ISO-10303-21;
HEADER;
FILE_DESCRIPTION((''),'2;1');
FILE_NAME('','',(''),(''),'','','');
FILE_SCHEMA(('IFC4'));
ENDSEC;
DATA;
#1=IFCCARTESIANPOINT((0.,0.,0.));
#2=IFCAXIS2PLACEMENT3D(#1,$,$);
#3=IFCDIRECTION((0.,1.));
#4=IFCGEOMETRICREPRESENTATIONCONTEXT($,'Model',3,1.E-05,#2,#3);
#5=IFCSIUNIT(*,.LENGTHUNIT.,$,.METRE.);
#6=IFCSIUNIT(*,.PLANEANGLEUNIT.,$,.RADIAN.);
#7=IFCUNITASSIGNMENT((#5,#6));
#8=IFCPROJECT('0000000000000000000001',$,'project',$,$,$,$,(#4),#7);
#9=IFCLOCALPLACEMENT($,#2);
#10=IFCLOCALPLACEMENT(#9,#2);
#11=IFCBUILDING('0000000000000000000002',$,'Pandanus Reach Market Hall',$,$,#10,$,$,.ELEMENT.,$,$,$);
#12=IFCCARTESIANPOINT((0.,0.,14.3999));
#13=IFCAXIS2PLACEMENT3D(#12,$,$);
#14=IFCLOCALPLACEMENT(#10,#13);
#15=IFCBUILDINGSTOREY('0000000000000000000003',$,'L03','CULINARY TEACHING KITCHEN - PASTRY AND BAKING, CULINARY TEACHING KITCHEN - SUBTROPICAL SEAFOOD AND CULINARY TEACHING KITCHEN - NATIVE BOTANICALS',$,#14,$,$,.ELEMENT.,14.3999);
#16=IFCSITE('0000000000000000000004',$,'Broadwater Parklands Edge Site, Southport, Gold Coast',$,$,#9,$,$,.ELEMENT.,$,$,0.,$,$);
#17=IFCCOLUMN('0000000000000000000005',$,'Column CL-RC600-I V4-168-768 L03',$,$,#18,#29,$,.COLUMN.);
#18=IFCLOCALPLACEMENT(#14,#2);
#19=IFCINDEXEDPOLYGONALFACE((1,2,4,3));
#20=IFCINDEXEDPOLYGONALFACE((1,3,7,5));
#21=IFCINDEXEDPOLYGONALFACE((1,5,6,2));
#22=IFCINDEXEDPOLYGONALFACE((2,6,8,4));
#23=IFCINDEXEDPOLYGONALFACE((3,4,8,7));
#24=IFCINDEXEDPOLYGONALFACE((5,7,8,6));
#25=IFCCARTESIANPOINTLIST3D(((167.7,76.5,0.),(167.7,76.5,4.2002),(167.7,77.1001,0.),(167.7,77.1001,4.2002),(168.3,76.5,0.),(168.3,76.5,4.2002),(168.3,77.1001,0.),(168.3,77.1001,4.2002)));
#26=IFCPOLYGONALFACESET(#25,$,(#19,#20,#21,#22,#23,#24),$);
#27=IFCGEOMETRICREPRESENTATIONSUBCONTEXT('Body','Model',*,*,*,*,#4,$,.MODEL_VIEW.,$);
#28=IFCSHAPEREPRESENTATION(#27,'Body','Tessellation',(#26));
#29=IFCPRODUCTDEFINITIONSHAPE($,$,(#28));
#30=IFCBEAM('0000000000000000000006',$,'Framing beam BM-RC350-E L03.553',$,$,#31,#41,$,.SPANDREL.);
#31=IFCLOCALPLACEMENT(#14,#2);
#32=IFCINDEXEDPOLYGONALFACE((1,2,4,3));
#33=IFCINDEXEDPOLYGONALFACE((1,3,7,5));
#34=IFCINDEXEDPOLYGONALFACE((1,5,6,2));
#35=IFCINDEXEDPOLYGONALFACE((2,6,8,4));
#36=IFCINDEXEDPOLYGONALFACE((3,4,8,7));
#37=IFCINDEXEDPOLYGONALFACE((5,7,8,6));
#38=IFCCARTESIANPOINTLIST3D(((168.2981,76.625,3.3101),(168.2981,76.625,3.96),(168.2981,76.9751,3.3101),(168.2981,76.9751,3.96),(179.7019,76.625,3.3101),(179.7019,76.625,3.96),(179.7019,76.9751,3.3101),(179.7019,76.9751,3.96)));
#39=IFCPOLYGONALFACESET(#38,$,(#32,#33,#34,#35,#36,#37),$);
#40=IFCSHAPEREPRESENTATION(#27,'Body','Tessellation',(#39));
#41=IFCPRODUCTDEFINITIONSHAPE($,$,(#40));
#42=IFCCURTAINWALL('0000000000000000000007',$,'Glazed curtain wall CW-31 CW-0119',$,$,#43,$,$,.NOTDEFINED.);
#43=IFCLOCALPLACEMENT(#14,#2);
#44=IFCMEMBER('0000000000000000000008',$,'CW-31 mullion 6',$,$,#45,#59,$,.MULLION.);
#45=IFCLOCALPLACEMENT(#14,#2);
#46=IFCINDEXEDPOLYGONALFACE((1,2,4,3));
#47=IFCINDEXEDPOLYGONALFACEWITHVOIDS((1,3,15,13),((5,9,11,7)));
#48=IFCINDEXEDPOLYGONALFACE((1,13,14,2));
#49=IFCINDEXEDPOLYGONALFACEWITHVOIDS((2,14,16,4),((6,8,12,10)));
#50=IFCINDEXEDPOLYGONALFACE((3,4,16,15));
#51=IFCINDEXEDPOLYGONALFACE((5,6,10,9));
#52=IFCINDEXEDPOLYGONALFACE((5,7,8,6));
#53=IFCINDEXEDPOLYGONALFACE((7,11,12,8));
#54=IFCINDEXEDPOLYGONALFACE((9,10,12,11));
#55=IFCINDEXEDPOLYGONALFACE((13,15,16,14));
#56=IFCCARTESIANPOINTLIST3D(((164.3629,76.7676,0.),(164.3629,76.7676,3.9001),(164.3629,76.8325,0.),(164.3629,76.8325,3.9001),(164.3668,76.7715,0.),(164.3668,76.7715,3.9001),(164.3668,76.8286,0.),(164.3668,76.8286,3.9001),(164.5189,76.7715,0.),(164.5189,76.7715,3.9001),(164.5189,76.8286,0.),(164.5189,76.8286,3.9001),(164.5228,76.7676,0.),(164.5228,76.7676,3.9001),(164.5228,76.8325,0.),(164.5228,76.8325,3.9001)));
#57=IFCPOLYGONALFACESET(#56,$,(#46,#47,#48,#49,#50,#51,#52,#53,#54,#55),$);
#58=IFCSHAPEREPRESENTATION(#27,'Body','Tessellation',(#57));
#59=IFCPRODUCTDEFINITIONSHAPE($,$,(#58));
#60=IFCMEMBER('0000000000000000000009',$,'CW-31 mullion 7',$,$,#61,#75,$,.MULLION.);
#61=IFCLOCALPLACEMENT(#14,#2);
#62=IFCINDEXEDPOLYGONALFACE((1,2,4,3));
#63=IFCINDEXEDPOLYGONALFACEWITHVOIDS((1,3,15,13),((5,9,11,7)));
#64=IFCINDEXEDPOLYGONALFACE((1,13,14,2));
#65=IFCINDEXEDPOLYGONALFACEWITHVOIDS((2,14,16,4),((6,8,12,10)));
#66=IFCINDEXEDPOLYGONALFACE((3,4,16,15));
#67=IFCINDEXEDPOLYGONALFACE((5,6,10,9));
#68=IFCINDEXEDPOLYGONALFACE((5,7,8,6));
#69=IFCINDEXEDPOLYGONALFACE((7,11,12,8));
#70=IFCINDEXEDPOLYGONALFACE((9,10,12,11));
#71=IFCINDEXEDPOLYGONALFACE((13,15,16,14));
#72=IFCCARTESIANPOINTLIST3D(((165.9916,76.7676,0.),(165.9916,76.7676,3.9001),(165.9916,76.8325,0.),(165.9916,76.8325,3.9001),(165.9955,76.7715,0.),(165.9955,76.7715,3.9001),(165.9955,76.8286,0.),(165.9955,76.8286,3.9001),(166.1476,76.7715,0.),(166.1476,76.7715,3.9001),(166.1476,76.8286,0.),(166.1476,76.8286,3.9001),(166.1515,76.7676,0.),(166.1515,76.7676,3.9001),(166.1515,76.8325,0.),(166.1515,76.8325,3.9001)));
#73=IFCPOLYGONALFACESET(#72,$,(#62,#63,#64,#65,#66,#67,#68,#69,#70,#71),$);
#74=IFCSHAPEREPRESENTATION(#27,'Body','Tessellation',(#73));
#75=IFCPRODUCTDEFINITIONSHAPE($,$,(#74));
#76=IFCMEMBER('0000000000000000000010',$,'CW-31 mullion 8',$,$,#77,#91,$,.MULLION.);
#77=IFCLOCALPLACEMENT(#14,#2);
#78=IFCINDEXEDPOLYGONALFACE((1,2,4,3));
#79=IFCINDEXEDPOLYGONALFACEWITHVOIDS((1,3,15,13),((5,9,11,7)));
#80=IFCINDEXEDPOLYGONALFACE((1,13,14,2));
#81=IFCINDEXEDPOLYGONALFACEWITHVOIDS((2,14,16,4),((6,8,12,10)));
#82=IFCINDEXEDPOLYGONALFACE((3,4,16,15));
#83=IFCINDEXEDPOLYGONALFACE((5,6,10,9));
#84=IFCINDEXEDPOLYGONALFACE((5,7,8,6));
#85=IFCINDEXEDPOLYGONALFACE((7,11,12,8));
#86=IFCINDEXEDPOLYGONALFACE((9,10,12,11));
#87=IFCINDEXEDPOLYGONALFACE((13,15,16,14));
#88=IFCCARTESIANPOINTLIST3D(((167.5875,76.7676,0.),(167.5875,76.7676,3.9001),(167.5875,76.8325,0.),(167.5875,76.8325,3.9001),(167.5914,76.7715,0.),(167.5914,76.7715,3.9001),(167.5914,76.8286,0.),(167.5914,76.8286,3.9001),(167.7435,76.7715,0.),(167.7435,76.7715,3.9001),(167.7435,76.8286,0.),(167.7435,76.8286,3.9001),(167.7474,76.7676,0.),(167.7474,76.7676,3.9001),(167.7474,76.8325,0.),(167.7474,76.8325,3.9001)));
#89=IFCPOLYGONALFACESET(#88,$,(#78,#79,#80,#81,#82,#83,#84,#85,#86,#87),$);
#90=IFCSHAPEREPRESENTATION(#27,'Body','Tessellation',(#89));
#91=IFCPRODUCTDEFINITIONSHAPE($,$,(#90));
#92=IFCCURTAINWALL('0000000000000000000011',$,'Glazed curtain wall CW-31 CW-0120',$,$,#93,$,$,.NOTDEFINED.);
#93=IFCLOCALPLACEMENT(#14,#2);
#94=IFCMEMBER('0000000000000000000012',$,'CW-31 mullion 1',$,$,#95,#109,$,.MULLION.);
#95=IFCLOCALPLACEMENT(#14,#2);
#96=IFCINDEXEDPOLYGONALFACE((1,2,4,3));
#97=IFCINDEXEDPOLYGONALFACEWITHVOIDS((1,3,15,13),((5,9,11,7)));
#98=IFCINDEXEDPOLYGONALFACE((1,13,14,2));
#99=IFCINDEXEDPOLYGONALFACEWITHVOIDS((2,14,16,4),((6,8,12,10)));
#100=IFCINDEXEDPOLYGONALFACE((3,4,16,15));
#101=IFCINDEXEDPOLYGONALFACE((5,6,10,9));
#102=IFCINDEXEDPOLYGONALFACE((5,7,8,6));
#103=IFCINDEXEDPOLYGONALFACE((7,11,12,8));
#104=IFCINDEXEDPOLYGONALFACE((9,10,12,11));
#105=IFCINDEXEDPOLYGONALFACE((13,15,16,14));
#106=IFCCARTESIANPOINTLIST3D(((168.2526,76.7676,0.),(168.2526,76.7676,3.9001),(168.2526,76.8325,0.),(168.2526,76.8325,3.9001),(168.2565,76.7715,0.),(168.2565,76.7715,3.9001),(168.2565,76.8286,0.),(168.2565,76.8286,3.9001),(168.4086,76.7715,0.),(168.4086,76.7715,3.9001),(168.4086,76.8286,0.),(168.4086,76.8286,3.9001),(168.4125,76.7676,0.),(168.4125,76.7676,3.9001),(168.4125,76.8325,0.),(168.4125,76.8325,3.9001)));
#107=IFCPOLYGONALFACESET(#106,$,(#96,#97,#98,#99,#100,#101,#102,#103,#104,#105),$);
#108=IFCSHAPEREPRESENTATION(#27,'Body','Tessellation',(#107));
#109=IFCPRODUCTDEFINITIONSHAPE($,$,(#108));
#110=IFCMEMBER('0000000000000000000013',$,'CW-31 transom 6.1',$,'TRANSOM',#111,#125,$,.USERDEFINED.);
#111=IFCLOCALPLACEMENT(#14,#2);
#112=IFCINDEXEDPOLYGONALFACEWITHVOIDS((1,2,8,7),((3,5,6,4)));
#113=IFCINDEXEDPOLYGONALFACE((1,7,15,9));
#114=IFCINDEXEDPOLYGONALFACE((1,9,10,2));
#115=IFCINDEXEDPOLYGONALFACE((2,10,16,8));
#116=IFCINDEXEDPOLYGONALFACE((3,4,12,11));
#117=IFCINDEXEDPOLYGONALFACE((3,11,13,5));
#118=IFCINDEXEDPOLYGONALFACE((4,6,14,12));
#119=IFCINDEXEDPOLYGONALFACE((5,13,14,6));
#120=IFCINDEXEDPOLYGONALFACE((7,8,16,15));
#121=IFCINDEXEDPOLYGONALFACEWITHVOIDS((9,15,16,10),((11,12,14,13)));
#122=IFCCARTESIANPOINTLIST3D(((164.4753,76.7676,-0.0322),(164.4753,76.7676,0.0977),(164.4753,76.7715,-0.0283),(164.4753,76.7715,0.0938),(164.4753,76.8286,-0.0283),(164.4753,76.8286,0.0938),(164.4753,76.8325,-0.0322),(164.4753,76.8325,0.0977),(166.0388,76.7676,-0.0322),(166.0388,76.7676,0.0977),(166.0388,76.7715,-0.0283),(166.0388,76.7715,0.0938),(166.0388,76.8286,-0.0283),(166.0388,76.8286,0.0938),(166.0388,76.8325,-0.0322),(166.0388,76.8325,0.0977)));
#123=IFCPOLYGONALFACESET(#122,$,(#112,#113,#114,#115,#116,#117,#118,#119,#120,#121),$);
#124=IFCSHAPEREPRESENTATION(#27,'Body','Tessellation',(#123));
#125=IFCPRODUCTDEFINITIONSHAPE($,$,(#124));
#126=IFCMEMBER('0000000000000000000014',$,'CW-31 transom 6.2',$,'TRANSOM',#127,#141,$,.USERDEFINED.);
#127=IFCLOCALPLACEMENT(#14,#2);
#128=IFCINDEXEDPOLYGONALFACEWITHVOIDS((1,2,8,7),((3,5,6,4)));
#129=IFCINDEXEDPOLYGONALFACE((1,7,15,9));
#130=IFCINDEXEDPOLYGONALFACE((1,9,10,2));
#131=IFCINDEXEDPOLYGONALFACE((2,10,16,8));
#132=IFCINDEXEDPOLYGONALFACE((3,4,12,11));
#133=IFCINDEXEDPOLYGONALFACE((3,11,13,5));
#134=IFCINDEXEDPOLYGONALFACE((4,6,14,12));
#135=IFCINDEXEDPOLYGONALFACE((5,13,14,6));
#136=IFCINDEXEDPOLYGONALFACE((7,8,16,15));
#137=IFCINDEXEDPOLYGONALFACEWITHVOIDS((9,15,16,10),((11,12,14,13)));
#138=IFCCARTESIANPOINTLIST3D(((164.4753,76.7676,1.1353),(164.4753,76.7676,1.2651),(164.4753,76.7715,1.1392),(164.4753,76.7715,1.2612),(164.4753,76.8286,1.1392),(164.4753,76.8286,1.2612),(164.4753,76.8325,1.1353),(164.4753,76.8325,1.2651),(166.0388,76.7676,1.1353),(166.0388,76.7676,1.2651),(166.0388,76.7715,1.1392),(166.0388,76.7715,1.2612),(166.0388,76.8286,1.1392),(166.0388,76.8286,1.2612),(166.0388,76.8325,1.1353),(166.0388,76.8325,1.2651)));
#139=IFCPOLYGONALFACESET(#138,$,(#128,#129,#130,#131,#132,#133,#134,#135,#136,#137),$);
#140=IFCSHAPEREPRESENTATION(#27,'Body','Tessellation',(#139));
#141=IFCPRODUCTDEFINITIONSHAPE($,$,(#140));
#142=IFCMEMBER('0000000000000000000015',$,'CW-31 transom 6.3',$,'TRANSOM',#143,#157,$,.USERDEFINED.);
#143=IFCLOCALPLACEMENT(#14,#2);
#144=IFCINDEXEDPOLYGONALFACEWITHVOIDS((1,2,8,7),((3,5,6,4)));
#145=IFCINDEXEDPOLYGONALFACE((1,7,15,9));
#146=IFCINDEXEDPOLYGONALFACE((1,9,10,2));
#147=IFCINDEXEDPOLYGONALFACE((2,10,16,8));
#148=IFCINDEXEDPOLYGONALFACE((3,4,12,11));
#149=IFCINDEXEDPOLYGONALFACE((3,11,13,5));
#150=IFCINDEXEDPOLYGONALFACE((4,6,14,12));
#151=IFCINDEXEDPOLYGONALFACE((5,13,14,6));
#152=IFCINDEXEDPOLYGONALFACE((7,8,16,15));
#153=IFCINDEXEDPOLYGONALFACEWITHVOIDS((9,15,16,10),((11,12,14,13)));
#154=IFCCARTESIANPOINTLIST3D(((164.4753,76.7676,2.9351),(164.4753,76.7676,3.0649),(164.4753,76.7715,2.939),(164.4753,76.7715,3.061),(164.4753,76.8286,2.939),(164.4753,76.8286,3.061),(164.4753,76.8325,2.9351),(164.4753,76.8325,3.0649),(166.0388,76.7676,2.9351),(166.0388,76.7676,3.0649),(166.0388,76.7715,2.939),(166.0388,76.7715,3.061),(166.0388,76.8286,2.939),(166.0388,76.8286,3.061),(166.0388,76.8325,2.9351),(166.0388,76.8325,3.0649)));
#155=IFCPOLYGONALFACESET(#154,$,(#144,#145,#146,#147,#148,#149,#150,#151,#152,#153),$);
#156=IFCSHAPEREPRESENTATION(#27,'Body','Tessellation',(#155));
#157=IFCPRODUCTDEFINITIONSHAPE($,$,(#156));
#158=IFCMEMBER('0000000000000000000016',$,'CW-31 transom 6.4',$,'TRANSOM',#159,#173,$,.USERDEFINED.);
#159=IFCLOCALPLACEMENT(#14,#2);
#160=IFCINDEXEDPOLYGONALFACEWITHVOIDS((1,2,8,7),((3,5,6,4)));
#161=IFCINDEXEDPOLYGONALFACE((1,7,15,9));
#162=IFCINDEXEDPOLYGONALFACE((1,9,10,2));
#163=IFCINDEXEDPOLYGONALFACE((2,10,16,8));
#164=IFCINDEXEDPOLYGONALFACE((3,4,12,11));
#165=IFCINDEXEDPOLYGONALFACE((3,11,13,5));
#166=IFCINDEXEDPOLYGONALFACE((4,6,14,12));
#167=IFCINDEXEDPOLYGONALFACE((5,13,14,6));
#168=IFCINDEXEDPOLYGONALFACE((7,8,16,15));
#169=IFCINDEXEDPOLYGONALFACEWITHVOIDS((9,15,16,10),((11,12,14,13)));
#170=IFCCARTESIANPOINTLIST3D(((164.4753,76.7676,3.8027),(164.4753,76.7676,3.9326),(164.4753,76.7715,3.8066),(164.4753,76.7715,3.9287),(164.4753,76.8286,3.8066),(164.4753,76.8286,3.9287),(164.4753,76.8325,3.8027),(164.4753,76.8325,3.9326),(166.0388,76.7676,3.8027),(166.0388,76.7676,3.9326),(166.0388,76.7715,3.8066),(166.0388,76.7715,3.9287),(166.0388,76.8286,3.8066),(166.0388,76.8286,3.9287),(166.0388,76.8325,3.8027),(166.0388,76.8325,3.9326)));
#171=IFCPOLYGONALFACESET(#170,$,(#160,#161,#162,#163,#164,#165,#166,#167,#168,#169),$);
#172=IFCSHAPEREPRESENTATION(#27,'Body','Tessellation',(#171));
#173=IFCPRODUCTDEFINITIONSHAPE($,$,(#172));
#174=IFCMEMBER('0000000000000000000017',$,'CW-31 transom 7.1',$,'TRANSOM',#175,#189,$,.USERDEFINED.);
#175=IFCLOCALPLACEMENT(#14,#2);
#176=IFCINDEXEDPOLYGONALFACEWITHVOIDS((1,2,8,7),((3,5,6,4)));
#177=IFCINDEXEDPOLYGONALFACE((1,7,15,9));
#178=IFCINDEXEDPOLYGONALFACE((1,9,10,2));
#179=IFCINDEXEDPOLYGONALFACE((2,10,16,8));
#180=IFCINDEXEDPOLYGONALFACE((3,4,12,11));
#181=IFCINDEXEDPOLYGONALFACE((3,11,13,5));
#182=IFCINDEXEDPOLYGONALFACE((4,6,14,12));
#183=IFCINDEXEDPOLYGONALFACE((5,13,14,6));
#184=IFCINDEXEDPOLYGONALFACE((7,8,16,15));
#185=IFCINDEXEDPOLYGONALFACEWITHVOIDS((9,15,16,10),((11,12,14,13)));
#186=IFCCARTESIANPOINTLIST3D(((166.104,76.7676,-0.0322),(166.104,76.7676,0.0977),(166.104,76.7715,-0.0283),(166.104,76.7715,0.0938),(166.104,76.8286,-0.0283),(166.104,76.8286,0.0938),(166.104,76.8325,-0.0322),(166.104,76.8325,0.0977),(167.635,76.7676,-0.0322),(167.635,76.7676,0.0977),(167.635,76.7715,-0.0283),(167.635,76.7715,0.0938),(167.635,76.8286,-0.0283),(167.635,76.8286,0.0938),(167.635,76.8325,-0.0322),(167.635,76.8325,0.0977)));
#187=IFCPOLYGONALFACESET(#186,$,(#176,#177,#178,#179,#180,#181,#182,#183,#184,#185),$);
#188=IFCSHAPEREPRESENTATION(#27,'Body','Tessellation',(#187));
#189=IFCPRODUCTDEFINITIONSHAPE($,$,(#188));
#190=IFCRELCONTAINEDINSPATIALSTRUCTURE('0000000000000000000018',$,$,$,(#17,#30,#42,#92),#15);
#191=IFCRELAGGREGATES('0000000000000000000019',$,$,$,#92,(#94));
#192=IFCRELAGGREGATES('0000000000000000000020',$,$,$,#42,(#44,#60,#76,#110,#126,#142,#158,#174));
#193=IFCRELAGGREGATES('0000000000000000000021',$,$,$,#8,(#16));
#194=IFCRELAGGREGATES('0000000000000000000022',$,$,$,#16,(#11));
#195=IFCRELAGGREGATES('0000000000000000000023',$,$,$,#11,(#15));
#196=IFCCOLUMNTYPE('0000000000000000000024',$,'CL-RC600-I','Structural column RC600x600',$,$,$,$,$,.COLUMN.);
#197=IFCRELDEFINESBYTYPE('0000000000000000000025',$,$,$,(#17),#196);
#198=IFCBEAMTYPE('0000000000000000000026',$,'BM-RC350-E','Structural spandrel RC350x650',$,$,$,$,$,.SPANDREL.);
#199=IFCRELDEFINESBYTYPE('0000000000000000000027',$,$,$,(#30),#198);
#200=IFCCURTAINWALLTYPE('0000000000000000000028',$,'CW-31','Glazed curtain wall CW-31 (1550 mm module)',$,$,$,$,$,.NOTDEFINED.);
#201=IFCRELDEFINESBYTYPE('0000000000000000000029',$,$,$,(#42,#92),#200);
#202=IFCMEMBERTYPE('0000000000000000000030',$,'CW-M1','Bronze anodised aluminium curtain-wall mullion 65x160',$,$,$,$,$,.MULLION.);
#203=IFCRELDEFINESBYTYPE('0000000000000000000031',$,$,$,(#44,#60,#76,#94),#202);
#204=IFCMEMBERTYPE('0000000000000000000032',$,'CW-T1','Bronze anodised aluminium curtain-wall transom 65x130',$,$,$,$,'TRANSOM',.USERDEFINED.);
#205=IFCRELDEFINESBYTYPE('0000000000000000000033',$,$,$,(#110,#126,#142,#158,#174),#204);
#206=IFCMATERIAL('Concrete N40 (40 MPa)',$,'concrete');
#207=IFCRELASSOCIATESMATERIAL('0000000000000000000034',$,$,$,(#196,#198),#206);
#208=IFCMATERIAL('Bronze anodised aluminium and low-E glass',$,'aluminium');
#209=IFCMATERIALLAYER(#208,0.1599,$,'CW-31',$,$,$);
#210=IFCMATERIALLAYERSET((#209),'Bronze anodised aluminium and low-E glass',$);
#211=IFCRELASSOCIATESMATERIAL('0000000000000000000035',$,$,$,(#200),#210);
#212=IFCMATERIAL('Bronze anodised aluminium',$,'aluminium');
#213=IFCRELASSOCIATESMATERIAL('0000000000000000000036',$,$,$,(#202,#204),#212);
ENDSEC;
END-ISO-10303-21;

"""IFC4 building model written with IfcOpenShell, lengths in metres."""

from ifc_helpers import new_model, si_unit, direction, frame, origin, origin_2d, place, context, subcontext, project, spatial, rectangle, hollow_rectangle, extrude, material, layer, layer_set, material_profile, profile_set, type_object, element, aggregate, save


model = new_model("IFC4")

# Units and contexts
model_context = context("Model", 3, precision=1e-05, world=origin(), true_north=direction((0.0, 1.0)))
body_context = subcontext(model_context, "Body", "Model", "MODEL_VIEW")
ifc_project = project(units=[si_unit("LENGTHUNIT", "METRE"), si_unit("PLANEANGLEUNIT", "RADIAN")], contexts=[model_context])

# Site, building, storey
site_placement = place(None, origin())
site = spatial("IfcSite", under=ifc_project, at=site_placement, Name="Broadwater Parklands Edge Site, Southport, Gold Coast", CompositionType="ELEMENT", RefElevation=0.0)
building_placement = place(site_placement, origin())
building = spatial("IfcBuilding", under=site, at=building_placement, Name="Pandanus Reach Market Hall", CompositionType="ELEMENT")
storey_placement = place(building_placement, frame((0.0, 0.0, 14.3999)))
storey = spatial("IfcBuildingStorey", under=building, at=storey_placement, Name="L03", Description="CULINARY TEACHING KITCHEN - PASTRY AND BAKING, CULINARY TEACHING KITCHEN - SUBTROPICAL SEAFOOD AND CULINARY TEACHING KITCHEN - NATIVE BOTANICALS", CompositionType="ELEMENT", Elevation=14.3999)

# Column
ifc_material_1 = material(Name="Concrete N40 (40 MPa)", Category="concrete")
ifc_material_profile_1 = material_profile(ifc_material_1, rectangle(XDim=0.6001, YDim=0.6001, at=origin_2d()), Name="RC600x600", Category="LoadBearing")
ifc_profile_set_1 = profile_set([ifc_material_profile_1], Name="Concrete N40 (40 MPa)")
column_type = type_object("IfcColumnType", Name="CL-RC600-I", Description="Structural column RC600x600", PredefinedType="COLUMN", material=ifc_profile_set_1)
column_placement = place(storey_placement, frame((168.0, 76.8, 0.0), z_axis=(0.0, 0.0, 1.0), x_axis=(1.0, 0.0, 0.0)))
element("IfcColumn", 1, at=column_placement, inside=storey, type_object=column_type, Name="Column CL-RC600-I V4-168-768 L03", PredefinedType="COLUMN", context=body_context, shape_type="SweptSolid", body=[
    extrude(rectangle(XDim=0.6001, YDim=0.6001, at=origin_2d()), origin(), (0.0, 0.0, 1.0), 4.2002),
])

# Beam
ifc_material_profile_2 = material_profile(ifc_material_1, rectangle(XDim=0.3501, YDim=0.6499, at=origin_2d()), Name="RC350x650", Category="LoadBearing")
ifc_profile_set_2 = profile_set([ifc_material_profile_2], Name="Concrete N40 (40 MPa)")
beam_type = type_object("IfcBeamType", Name="BM-RC350-E", Description="Structural spandrel RC350x650", PredefinedType="SPANDREL", material=ifc_profile_set_2)
beam_placement = place(storey_placement, frame((168.2981, 76.8, 3.635), z_axis=(1.0, 0.0, 0.0), x_axis=(0.0, 1.0, 0.0)))
element("IfcBeam", 2, at=beam_placement, inside=storey, type_object=beam_type, Name="Framing beam BM-RC350-E L03.553", PredefinedType="SPANDREL", context=body_context, shape_type="SweptSolid", body=[
    extrude(rectangle(XDim=0.3501, YDim=0.6499, at=origin_2d()), origin(), (0.0, 0.0, 1.0), 11.4038),
])

# Curtain wall, members
ifc_material_2 = material(Name="Bronze anodised aluminium and low-E glass", Category="aluminium")
ifc_layer_1 = layer(ifc_material_2, 0.1599, Name="CW-31")
ifc_layer_set_1 = layer_set([ifc_layer_1], Name="Bronze anodised aluminium and low-E glass")
curtain_wall_type = type_object("IfcCurtainWallType", Name="CW-31", Description="Glazed curtain wall CW-31 (1550 mm module)", PredefinedType="NOTDEFINED", material=ifc_layer_set_1)
curtain_wall_1_placement = place(storey_placement, origin())
curtain_wall_1 = element("IfcCurtainWall", 3, at=curtain_wall_1_placement, inside=storey, type_object=curtain_wall_type, Name="Glazed curtain wall CW-31 CW-0119", PredefinedType="NOTDEFINED")
ifc_material_3 = material(Name="Bronze anodised aluminium", Category="aluminium")
ifc_material_profile_3 = material_profile(ifc_material_3, hollow_rectangle(XDim=0.0649, YDim=0.1599, WallThickness=0.0039, at=origin_2d()), Name="ALU65x160", Category="LoadBearing")
ifc_profile_set_3 = profile_set([ifc_material_profile_3], Name="Bronze anodised aluminium")
member_type_1 = type_object("IfcMemberType", Name="CW-M1", Description="Bronze anodised aluminium curtain-wall mullion 65x160", PredefinedType="MULLION", material=ifc_profile_set_3)
member_1_placement = place(storey_placement, frame((164.4429, 76.8, 0.0), z_axis=(0.0, 0.0, 1.0), x_axis=(0.0, 1.0, 0.0)))
member_1 = element("IfcMember", 4, at=member_1_placement, type_object=member_type_1, Name="CW-31 mullion 6", PredefinedType="MULLION", context=body_context, shape_type="SweptSolid", body=[
    extrude(hollow_rectangle(XDim=0.0649, YDim=0.1599, WallThickness=0.0039, at=origin_2d()), origin(), (0.0, 0.0, 1.0), 3.9001),
])
member_2_placement = place(storey_placement, frame((166.0715, 76.8, 0.0), z_axis=(0.0, 0.0, 1.0), x_axis=(0.0, 1.0, 0.0)))
member_2 = element("IfcMember", 5, at=member_2_placement, type_object=member_type_1, Name="CW-31 mullion 7", PredefinedType="MULLION", context=body_context, shape_type="SweptSolid", body=[
    extrude(hollow_rectangle(XDim=0.0649, YDim=0.1599, WallThickness=0.0039, at=origin_2d()), origin(), (0.0, 0.0, 1.0), 3.9001),
])
member_3_placement = place(storey_placement, frame((167.6675, 76.8, 0.0), z_axis=(0.0, 0.0, 1.0), x_axis=(0.0, 1.0, 0.0)))
member_3 = element("IfcMember", 6, at=member_3_placement, type_object=member_type_1, Name="CW-31 mullion 8", PredefinedType="MULLION", context=body_context, shape_type="SweptSolid", body=[
    extrude(hollow_rectangle(XDim=0.0649, YDim=0.1599, WallThickness=0.0039, at=origin_2d()), origin(), (0.0, 0.0, 1.0), 3.9001),
])

# Curtain wall, member
curtain_wall_2_placement = place(storey_placement, origin())
curtain_wall_2 = element("IfcCurtainWall", 7, at=curtain_wall_2_placement, inside=storey, type_object=curtain_wall_type, Name="Glazed curtain wall CW-31 CW-0120", PredefinedType="NOTDEFINED")
member_4_placement = place(storey_placement, frame((168.3325, 76.8, 0.0), z_axis=(0.0, 0.0, 1.0), x_axis=(0.0, 1.0, 0.0)))
member_4 = element("IfcMember", 8, at=member_4_placement, type_object=member_type_1, Name="CW-31 mullion 1", PredefinedType="MULLION", context=body_context, shape_type="SweptSolid", body=[
    extrude(hollow_rectangle(XDim=0.0649, YDim=0.1599, WallThickness=0.0039, at=origin_2d()), origin(), (0.0, 0.0, 1.0), 3.9001),
])

# Members
ifc_material_profile_4 = material_profile(ifc_material_3, hollow_rectangle(XDim=0.0649, YDim=0.1299, WallThickness=0.0039, at=origin_2d()), Name="ALU65x130", Category="LoadBearing")
ifc_profile_set_4 = profile_set([ifc_material_profile_4], Name="Bronze anodised aluminium")
member_type_2 = type_object("IfcMemberType", Name="CW-T1", Description="Bronze anodised aluminium curtain-wall transom 65x130", ElementType="TRANSOM", PredefinedType="USERDEFINED", material=ifc_profile_set_4)
member_5_placement = place(storey_placement, frame((164.4753, 76.8, 0.0327), z_axis=(1.0, 0.0, 0.0), x_axis=(0.0, 1.0, 0.0)))
member_5 = element("IfcMember", 9, at=member_5_placement, type_object=member_type_2, Name="CW-31 transom 6.1", ObjectType="TRANSOM", PredefinedType="USERDEFINED", context=body_context, shape_type="SweptSolid", body=[
    extrude(hollow_rectangle(XDim=0.0649, YDim=0.1299, WallThickness=0.0039, at=origin_2d()), origin(), (0.0, 0.0, 1.0), 1.5635),
])
member_6_placement = place(storey_placement, frame((164.4753, 76.8, 1.2002), z_axis=(1.0, 0.0, 0.0), x_axis=(0.0, 1.0, 0.0)))
member_6 = element("IfcMember", 10, at=member_6_placement, type_object=member_type_2, Name="CW-31 transom 6.2", ObjectType="TRANSOM", PredefinedType="USERDEFINED", context=body_context, shape_type="SweptSolid", body=[
    extrude(hollow_rectangle(XDim=0.0649, YDim=0.1299, WallThickness=0.0039, at=origin_2d()), origin(), (0.0, 0.0, 1.0), 1.5635),
])
member_7_placement = place(storey_placement, frame((164.4753, 76.8, 3.0), z_axis=(1.0, 0.0, 0.0), x_axis=(0.0, 1.0, 0.0)))
member_7 = element("IfcMember", 11, at=member_7_placement, type_object=member_type_2, Name="CW-31 transom 6.3", ObjectType="TRANSOM", PredefinedType="USERDEFINED", context=body_context, shape_type="SweptSolid", body=[
    extrude(hollow_rectangle(XDim=0.0649, YDim=0.1299, WallThickness=0.0039, at=origin_2d()), origin(), (0.0, 0.0, 1.0), 1.5635),
])
member_8_placement = place(storey_placement, frame((164.4753, 76.8, 3.8677), z_axis=(1.0, 0.0, 0.0), x_axis=(0.0, 1.0, 0.0)))
member_8 = element("IfcMember", 12, at=member_8_placement, type_object=member_type_2, Name="CW-31 transom 6.4", ObjectType="TRANSOM", PredefinedType="USERDEFINED", context=body_context, shape_type="SweptSolid", body=[
    extrude(hollow_rectangle(XDim=0.0649, YDim=0.1299, WallThickness=0.0039, at=origin_2d()), origin(), (0.0, 0.0, 1.0), 1.5635),
])
member_9_placement = place(storey_placement, frame((166.104, 76.8, 0.0327), z_axis=(1.0, 0.0, 0.0), x_axis=(0.0, 1.0, 0.0)))
member_9 = element("IfcMember", 13, at=member_9_placement, type_object=member_type_2, Name="CW-31 transom 7.1", ObjectType="TRANSOM", PredefinedType="USERDEFINED", context=body_context, shape_type="SweptSolid", body=[
    extrude(hollow_rectangle(XDim=0.0649, YDim=0.1299, WallThickness=0.0039, at=origin_2d()), origin(), (0.0, 0.0, 1.0), 1.531),
])
aggregate(curtain_wall_2, [member_4])

aggregate(curtain_wall_1, [member_1, member_2, member_3, member_5, member_6, member_7, member_8, member_9])

save(model, "model.ifc")
